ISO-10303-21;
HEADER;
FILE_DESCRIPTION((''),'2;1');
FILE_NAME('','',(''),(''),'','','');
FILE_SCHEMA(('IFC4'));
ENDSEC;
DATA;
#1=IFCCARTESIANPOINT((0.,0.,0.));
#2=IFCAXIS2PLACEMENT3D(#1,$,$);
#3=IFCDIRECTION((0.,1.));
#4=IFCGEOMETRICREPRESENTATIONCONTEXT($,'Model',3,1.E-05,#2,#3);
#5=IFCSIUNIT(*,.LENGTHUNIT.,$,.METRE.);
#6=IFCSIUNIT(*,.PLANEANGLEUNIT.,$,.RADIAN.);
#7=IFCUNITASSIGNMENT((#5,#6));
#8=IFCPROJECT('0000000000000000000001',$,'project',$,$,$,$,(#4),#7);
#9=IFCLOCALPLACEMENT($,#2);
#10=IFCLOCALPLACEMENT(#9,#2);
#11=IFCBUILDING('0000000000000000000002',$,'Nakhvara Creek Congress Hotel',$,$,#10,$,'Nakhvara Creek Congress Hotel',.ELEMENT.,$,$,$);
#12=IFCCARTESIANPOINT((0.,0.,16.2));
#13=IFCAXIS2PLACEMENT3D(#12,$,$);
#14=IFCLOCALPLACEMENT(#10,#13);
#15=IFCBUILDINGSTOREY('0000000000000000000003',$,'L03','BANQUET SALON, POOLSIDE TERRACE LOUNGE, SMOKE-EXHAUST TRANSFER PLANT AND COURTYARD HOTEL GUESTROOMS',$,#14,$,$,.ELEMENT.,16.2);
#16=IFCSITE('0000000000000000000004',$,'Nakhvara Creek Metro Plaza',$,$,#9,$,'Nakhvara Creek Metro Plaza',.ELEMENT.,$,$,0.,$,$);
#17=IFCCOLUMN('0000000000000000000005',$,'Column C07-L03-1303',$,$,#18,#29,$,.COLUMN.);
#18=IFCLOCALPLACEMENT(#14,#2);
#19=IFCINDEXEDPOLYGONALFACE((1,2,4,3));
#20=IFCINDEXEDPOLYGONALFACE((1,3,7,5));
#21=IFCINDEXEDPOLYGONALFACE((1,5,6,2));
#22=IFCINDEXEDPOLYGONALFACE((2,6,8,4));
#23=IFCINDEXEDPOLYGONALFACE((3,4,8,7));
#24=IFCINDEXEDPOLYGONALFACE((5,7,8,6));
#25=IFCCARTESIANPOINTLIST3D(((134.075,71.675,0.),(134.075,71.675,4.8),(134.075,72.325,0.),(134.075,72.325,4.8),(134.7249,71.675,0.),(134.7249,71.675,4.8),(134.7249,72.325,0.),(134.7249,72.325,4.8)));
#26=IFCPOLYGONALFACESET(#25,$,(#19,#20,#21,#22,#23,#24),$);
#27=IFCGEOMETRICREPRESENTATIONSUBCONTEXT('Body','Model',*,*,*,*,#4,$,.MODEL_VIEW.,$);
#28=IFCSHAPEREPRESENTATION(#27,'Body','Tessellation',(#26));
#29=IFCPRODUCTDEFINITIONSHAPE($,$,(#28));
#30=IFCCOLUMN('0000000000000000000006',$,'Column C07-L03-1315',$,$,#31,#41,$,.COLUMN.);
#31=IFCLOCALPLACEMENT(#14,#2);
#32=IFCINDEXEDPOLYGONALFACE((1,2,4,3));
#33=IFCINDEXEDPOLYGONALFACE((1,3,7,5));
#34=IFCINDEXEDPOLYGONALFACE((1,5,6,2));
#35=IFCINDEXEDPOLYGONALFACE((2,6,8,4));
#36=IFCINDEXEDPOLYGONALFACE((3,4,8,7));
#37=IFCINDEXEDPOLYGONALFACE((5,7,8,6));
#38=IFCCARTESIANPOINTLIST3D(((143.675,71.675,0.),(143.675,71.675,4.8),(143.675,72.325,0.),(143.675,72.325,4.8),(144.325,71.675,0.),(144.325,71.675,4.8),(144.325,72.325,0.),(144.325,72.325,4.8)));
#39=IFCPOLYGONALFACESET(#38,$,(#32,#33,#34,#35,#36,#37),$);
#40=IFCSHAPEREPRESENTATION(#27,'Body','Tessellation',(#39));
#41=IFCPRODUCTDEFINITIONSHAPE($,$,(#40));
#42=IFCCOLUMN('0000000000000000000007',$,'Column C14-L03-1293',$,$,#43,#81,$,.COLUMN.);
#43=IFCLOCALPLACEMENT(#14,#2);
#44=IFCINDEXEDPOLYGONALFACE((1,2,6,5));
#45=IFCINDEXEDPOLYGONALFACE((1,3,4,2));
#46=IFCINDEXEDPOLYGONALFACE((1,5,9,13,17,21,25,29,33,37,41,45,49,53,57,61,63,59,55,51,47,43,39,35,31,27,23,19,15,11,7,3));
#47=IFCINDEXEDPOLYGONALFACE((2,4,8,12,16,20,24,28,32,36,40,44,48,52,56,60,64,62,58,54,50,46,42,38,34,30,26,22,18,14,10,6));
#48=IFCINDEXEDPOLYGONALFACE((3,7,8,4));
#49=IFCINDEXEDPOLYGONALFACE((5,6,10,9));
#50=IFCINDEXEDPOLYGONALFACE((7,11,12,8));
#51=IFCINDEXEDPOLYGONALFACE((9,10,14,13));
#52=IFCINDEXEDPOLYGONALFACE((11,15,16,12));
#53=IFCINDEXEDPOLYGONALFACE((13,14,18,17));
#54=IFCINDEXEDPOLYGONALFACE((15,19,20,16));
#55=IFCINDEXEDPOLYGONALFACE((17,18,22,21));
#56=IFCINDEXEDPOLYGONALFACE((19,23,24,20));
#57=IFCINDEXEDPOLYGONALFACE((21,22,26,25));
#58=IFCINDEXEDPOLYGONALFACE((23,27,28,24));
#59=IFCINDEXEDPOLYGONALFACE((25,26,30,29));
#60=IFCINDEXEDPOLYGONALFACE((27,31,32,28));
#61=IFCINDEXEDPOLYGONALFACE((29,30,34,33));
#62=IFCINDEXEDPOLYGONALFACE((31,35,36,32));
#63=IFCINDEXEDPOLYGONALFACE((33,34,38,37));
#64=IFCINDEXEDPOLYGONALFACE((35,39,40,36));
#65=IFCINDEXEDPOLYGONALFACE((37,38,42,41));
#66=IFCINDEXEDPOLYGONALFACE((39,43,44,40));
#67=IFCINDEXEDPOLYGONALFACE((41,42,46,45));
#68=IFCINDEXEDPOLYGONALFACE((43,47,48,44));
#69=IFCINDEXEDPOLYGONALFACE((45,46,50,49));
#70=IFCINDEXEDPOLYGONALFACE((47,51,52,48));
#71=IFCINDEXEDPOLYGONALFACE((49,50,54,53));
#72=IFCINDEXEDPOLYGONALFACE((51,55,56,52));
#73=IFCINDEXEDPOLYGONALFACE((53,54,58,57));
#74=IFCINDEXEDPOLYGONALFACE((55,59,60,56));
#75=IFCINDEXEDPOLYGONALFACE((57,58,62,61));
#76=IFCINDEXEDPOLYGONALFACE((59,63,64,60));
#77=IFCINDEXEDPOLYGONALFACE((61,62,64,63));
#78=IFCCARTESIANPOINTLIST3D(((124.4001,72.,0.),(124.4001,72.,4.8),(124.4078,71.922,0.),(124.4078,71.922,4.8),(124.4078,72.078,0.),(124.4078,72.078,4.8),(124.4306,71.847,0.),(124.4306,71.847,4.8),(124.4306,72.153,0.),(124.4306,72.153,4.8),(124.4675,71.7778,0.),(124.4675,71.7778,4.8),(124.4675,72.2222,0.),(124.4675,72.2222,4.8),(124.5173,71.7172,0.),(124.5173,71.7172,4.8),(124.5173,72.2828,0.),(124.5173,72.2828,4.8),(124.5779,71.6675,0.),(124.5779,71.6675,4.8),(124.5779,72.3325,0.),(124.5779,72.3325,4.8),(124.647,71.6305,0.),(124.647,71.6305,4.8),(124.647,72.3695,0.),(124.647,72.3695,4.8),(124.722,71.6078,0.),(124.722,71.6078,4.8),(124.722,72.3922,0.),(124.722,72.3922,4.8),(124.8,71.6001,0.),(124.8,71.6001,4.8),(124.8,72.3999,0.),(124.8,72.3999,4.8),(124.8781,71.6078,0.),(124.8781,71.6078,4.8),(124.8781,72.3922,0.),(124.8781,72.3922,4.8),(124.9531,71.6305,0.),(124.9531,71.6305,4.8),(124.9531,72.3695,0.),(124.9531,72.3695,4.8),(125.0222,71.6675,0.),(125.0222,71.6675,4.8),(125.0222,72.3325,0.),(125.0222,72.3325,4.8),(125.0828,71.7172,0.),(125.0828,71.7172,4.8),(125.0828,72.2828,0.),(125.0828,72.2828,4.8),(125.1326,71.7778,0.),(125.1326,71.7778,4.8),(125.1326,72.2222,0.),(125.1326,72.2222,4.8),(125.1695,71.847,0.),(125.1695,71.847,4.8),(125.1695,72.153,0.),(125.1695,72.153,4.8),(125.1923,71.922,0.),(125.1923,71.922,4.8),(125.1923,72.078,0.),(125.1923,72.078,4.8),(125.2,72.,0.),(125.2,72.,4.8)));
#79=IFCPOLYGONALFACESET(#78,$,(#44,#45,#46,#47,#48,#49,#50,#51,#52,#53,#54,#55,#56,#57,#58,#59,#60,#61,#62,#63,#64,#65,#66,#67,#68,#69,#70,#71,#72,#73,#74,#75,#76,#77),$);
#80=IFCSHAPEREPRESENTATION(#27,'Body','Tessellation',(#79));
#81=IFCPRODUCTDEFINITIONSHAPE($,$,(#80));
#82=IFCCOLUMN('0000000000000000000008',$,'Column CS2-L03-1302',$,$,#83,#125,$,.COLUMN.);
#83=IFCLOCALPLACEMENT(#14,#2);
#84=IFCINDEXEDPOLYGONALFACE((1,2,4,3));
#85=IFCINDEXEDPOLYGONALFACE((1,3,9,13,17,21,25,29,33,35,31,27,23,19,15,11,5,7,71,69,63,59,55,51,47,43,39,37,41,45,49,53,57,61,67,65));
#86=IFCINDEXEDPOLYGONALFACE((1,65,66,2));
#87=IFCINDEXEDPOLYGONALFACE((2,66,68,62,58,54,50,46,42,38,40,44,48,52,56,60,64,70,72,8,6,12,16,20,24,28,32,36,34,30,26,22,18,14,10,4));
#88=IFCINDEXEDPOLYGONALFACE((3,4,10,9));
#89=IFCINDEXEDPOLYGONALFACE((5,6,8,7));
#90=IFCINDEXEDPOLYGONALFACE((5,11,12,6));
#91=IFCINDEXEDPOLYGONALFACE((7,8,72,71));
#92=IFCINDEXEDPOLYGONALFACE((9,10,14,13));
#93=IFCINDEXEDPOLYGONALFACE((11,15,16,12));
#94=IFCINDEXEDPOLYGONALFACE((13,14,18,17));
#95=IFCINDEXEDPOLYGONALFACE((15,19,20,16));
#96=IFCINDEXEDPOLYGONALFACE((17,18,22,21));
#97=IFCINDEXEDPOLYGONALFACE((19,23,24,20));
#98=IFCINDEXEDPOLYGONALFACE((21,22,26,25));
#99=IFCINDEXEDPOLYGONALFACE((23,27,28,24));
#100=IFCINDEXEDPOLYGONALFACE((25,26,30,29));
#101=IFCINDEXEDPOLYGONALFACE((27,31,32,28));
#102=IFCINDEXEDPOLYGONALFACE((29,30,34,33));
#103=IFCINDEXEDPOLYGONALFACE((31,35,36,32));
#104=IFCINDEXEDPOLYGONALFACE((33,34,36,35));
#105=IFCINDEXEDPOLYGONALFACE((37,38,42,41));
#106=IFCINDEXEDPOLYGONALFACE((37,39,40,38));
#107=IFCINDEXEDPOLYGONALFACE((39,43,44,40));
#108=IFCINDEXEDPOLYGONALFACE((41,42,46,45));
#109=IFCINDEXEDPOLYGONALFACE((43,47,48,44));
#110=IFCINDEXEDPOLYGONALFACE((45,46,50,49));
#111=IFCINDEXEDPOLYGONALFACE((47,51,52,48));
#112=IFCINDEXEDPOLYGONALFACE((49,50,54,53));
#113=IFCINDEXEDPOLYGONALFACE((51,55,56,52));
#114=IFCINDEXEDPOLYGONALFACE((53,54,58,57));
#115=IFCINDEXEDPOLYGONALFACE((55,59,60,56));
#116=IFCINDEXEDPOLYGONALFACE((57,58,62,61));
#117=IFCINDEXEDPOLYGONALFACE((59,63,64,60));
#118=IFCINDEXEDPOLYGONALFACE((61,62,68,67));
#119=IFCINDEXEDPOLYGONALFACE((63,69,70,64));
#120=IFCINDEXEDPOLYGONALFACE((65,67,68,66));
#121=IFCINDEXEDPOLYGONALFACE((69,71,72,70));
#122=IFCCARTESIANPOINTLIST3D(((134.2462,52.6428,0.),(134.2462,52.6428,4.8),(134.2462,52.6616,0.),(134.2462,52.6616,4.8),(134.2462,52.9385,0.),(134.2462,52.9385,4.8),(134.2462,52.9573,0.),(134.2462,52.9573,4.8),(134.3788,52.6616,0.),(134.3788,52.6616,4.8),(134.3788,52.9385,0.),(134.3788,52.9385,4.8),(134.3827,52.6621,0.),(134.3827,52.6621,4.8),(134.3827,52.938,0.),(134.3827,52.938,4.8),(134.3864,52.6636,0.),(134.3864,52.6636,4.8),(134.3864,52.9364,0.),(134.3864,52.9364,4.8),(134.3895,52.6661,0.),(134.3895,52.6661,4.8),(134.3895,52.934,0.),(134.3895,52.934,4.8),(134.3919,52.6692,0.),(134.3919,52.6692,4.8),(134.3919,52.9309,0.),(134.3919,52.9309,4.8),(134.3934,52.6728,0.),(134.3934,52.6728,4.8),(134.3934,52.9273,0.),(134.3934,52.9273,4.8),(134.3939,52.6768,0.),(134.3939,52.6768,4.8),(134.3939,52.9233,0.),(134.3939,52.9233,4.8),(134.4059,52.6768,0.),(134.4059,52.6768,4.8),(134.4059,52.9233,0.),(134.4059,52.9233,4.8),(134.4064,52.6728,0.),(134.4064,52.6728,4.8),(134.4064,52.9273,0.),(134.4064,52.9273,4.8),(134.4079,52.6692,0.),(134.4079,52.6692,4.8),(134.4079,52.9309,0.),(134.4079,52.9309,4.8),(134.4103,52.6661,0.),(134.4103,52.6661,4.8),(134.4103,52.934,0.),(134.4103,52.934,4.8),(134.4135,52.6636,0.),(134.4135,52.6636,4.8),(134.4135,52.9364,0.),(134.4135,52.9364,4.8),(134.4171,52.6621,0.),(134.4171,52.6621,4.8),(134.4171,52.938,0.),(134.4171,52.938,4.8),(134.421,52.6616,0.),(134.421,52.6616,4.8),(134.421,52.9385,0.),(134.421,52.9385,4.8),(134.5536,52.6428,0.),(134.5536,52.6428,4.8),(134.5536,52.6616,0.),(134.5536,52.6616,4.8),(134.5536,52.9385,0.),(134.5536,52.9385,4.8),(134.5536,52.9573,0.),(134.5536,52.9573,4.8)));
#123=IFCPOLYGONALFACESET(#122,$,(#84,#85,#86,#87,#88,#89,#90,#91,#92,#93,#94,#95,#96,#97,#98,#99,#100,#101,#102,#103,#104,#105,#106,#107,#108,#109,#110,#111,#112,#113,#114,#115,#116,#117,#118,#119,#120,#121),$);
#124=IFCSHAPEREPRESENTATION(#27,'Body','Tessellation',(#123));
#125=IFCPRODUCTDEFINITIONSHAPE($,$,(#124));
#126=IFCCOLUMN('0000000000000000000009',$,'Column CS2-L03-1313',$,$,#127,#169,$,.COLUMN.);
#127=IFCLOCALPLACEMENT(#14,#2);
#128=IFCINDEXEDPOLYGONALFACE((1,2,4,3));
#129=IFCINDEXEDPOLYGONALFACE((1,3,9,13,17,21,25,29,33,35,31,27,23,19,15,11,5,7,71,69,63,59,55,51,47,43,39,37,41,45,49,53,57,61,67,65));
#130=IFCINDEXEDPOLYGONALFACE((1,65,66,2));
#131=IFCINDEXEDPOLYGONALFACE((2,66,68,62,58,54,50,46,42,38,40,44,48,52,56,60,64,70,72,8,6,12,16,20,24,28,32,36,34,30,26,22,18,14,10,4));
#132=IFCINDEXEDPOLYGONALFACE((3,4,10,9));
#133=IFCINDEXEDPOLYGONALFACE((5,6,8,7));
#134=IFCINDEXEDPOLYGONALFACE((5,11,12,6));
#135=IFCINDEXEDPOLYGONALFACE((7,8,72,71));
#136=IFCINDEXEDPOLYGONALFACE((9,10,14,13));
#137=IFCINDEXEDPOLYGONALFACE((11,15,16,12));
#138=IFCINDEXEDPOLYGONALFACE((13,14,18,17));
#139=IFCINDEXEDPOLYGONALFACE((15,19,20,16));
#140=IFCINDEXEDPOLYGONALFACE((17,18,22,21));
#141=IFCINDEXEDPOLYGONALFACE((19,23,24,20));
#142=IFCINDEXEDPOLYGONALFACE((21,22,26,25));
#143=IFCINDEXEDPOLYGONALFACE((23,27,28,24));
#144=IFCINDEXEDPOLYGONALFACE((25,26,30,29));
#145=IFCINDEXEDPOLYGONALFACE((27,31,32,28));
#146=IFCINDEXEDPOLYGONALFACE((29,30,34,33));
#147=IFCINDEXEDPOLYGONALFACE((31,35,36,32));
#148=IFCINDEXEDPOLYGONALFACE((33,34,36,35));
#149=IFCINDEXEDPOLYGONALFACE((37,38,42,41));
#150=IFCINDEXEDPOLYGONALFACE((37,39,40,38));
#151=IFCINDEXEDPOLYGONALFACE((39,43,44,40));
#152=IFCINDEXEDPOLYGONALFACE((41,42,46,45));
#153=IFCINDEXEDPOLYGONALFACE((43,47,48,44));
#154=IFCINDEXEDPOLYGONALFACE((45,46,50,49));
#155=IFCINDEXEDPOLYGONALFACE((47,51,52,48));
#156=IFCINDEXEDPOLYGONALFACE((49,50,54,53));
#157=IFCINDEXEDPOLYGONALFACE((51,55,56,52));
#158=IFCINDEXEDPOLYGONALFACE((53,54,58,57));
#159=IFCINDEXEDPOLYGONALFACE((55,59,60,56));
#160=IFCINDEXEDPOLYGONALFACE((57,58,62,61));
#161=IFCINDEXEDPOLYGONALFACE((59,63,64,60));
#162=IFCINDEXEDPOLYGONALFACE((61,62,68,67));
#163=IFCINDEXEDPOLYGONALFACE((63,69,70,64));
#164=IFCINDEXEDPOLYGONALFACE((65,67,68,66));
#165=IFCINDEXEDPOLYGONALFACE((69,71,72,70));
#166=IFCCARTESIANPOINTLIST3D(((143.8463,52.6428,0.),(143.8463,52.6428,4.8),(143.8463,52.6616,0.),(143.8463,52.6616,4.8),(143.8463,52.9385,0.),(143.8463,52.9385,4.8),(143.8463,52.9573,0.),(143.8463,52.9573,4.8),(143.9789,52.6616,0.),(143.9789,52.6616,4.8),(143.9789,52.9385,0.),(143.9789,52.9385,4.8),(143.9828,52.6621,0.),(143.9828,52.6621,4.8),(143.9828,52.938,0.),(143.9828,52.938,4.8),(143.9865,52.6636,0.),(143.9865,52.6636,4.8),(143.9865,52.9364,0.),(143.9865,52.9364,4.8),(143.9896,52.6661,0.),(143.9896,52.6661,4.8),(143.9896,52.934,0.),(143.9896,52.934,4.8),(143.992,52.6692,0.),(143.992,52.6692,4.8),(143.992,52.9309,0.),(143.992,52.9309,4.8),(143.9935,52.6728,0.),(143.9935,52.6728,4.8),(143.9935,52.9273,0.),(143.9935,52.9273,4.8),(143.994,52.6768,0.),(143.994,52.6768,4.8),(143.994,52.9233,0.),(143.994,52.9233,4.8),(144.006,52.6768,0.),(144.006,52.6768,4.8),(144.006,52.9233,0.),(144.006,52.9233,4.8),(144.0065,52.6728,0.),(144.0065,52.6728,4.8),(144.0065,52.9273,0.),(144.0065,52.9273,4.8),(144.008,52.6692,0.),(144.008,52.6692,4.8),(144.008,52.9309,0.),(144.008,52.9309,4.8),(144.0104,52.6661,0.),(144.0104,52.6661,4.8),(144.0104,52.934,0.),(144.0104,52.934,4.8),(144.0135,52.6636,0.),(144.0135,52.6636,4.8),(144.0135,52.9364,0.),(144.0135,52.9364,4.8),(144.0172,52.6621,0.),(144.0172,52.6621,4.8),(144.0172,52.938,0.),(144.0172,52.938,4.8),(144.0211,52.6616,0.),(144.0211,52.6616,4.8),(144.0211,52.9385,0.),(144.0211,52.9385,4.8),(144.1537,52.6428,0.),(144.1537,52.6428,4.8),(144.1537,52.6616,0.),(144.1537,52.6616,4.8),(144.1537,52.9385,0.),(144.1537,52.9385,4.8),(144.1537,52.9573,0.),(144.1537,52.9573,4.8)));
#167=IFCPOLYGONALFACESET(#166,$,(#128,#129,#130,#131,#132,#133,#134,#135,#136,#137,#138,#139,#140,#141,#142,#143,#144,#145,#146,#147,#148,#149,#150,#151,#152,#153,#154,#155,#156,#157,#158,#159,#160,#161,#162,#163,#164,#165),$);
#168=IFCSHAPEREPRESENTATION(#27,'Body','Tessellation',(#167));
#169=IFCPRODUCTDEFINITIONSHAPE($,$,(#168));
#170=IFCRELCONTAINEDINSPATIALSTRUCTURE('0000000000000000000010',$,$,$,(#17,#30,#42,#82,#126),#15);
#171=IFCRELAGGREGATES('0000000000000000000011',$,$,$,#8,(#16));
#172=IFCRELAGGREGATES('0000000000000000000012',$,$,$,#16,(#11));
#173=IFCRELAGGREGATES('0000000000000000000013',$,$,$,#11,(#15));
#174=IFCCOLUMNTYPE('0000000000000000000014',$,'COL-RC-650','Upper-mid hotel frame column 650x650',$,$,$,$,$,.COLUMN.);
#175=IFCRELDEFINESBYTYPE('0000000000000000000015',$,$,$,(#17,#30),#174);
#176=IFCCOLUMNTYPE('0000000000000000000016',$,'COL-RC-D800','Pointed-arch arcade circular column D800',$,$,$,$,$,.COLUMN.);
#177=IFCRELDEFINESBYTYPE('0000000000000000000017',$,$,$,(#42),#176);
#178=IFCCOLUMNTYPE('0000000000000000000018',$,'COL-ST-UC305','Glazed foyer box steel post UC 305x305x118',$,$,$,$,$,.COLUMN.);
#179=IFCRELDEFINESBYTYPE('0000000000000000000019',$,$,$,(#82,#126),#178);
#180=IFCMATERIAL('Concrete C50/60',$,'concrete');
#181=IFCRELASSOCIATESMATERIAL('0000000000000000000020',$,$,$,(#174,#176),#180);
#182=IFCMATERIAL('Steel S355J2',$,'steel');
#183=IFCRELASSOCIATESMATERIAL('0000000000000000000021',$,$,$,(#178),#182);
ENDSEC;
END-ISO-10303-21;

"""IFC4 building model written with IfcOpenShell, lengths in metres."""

from ifc_helpers import new_model, si_unit, direction, frame, origin, origin_2d, place, context, subcontext, project, spatial, rectangle, circle, i_section, extrude, material, material_profile, profile_set, type_object, element, save


model = new_model("IFC4")

# Units and contexts
model_context = context("Model", 3, precision=1e-05, world=origin(), true_north=direction((0.0, 1.0)))
body_context = subcontext(model_context, "Body", "Model", "MODEL_VIEW")
ifc_project = project(units=[si_unit("LENGTHUNIT", "METRE"), si_unit("PLANEANGLEUNIT", "RADIAN")], contexts=[model_context])

# Site, building, storey
site_placement = place(None, origin())
site = spatial("IfcSite", under=ifc_project, at=site_placement, Name="Nakhvara Creek Metro Plaza", LongName="Nakhvara Creek Metro Plaza", CompositionType="ELEMENT", RefElevation=0.0)
building_placement = place(site_placement, origin())
building = spatial("IfcBuilding", under=site, at=building_placement, Name="Nakhvara Creek Congress Hotel", LongName="Nakhvara Creek Congress Hotel", CompositionType="ELEMENT")
storey_placement = place(building_placement, frame((0.0, 0.0, 16.2)))
storey = spatial("IfcBuildingStorey", under=building, at=storey_placement, Name="L03", Description="BANQUET SALON, POOLSIDE TERRACE LOUNGE, SMOKE-EXHAUST TRANSFER PLANT AND COURTYARD HOTEL GUESTROOMS", CompositionType="ELEMENT", Elevation=16.2)

# Columns
ifc_material_1 = material(Name="Concrete C50/60", Category="concrete")
ifc_material_profile_1 = material_profile(ifc_material_1, rectangle(XDim=0.6499, YDim=0.6499, at=origin_2d()), Name="RC-COL 650x650", Category="LoadBearing")
ifc_profile_set_1 = profile_set([ifc_material_profile_1], Name="Concrete C50/60")
column_type_1 = type_object("IfcColumnType", Name="COL-RC-650", Description="Upper-mid hotel frame column 650x650", PredefinedType="COLUMN", material=ifc_profile_set_1)
for number, where, z_axis, x_axis, name in (
    (1, (134.3999, 72.0, 0.0), (0.0, 0.0, 1.0), (1.0, 0.0, 0.0), "Column C07-L03-1303"),
    (2, (144.0, 72.0, 0.0), (0.0, 0.0, 1.0), (1.0, 0.0, 0.0), "Column C07-L03-1315"),
):
    element("IfcColumn", number, at=place(storey_placement, frame(where, z_axis=z_axis, x_axis=x_axis)), inside=storey, type_object=column_type_1, Name=name, PredefinedType="COLUMN", context=body_context, shape_type="SweptSolid", body=[
        extrude(rectangle(XDim=0.6499, YDim=0.6499, at=origin_2d()), origin(), (0.0, 0.0, 1.0), 4.8),
    ])
ifc_material_profile_2 = material_profile(ifc_material_1, circle(Radius=0.3999, at=origin_2d()), Name="RC-COL D800", Category="LoadBearing")
ifc_profile_set_2 = profile_set([ifc_material_profile_2], Name="Concrete C50/60")
column_type_2 = type_object("IfcColumnType", Name="COL-RC-D800", Description="Pointed-arch arcade circular column D800", PredefinedType="COLUMN", material=ifc_profile_set_2)
column_placement = place(storey_placement, frame((124.8, 72.0, 0.0), z_axis=(0.0, 0.0, 1.0), x_axis=(1.0, 0.0, 0.0)))
element("IfcColumn", 3, at=column_placement, inside=storey, type_object=column_type_2, Name="Column C14-L03-1293", PredefinedType="COLUMN", context=body_context, shape_type="SweptSolid", body=[
    extrude(circle(Radius=0.3999, at=origin_2d()), origin(), (0.0, 0.0, 1.0), 4.8),
])
ifc_material_2 = material(Name="Steel S355J2", Category="steel")
ifc_material_profile_3 = material_profile(ifc_material_2, i_section(OverallWidth=0.3074, OverallDepth=0.3145, WebThickness=0.012, FlangeThickness=0.0188, FilletRadius=0.0151, at=origin_2d()), Name="UC 305x305x118", Category="LoadBearing")
ifc_profile_set_3 = profile_set([ifc_material_profile_3], Name="Steel S355J2")
column_type_3 = type_object("IfcColumnType", Name="COL-ST-UC305", Description="Glazed foyer box steel post UC 305x305x118", PredefinedType="COLUMN", material=ifc_profile_set_3)
for number, where, z_axis, x_axis, name in (
    (4, (134.3999, 52.8, 0.0), (0.0, 0.0, 1.0), (1.0, 0.0, 0.0), "Column CS2-L03-1302"),
    (5, (144.0, 52.8, 0.0), (0.0, 0.0, 1.0), (1.0, 0.0, 0.0), "Column CS2-L03-1313"),
):
    element("IfcColumn", number, at=place(storey_placement, frame(where, z_axis=z_axis, x_axis=x_axis)), inside=storey, type_object=column_type_3, Name=name, PredefinedType="COLUMN", context=body_context, shape_type="SweptSolid", body=[
        extrude(i_section(OverallWidth=0.3074, OverallDepth=0.3145, WebThickness=0.012, FlangeThickness=0.0188, FilletRadius=0.0151, at=origin_2d()), origin(), (0.0, 0.0, 1.0), 4.8),
    ])

save(model, "model.ifc")
